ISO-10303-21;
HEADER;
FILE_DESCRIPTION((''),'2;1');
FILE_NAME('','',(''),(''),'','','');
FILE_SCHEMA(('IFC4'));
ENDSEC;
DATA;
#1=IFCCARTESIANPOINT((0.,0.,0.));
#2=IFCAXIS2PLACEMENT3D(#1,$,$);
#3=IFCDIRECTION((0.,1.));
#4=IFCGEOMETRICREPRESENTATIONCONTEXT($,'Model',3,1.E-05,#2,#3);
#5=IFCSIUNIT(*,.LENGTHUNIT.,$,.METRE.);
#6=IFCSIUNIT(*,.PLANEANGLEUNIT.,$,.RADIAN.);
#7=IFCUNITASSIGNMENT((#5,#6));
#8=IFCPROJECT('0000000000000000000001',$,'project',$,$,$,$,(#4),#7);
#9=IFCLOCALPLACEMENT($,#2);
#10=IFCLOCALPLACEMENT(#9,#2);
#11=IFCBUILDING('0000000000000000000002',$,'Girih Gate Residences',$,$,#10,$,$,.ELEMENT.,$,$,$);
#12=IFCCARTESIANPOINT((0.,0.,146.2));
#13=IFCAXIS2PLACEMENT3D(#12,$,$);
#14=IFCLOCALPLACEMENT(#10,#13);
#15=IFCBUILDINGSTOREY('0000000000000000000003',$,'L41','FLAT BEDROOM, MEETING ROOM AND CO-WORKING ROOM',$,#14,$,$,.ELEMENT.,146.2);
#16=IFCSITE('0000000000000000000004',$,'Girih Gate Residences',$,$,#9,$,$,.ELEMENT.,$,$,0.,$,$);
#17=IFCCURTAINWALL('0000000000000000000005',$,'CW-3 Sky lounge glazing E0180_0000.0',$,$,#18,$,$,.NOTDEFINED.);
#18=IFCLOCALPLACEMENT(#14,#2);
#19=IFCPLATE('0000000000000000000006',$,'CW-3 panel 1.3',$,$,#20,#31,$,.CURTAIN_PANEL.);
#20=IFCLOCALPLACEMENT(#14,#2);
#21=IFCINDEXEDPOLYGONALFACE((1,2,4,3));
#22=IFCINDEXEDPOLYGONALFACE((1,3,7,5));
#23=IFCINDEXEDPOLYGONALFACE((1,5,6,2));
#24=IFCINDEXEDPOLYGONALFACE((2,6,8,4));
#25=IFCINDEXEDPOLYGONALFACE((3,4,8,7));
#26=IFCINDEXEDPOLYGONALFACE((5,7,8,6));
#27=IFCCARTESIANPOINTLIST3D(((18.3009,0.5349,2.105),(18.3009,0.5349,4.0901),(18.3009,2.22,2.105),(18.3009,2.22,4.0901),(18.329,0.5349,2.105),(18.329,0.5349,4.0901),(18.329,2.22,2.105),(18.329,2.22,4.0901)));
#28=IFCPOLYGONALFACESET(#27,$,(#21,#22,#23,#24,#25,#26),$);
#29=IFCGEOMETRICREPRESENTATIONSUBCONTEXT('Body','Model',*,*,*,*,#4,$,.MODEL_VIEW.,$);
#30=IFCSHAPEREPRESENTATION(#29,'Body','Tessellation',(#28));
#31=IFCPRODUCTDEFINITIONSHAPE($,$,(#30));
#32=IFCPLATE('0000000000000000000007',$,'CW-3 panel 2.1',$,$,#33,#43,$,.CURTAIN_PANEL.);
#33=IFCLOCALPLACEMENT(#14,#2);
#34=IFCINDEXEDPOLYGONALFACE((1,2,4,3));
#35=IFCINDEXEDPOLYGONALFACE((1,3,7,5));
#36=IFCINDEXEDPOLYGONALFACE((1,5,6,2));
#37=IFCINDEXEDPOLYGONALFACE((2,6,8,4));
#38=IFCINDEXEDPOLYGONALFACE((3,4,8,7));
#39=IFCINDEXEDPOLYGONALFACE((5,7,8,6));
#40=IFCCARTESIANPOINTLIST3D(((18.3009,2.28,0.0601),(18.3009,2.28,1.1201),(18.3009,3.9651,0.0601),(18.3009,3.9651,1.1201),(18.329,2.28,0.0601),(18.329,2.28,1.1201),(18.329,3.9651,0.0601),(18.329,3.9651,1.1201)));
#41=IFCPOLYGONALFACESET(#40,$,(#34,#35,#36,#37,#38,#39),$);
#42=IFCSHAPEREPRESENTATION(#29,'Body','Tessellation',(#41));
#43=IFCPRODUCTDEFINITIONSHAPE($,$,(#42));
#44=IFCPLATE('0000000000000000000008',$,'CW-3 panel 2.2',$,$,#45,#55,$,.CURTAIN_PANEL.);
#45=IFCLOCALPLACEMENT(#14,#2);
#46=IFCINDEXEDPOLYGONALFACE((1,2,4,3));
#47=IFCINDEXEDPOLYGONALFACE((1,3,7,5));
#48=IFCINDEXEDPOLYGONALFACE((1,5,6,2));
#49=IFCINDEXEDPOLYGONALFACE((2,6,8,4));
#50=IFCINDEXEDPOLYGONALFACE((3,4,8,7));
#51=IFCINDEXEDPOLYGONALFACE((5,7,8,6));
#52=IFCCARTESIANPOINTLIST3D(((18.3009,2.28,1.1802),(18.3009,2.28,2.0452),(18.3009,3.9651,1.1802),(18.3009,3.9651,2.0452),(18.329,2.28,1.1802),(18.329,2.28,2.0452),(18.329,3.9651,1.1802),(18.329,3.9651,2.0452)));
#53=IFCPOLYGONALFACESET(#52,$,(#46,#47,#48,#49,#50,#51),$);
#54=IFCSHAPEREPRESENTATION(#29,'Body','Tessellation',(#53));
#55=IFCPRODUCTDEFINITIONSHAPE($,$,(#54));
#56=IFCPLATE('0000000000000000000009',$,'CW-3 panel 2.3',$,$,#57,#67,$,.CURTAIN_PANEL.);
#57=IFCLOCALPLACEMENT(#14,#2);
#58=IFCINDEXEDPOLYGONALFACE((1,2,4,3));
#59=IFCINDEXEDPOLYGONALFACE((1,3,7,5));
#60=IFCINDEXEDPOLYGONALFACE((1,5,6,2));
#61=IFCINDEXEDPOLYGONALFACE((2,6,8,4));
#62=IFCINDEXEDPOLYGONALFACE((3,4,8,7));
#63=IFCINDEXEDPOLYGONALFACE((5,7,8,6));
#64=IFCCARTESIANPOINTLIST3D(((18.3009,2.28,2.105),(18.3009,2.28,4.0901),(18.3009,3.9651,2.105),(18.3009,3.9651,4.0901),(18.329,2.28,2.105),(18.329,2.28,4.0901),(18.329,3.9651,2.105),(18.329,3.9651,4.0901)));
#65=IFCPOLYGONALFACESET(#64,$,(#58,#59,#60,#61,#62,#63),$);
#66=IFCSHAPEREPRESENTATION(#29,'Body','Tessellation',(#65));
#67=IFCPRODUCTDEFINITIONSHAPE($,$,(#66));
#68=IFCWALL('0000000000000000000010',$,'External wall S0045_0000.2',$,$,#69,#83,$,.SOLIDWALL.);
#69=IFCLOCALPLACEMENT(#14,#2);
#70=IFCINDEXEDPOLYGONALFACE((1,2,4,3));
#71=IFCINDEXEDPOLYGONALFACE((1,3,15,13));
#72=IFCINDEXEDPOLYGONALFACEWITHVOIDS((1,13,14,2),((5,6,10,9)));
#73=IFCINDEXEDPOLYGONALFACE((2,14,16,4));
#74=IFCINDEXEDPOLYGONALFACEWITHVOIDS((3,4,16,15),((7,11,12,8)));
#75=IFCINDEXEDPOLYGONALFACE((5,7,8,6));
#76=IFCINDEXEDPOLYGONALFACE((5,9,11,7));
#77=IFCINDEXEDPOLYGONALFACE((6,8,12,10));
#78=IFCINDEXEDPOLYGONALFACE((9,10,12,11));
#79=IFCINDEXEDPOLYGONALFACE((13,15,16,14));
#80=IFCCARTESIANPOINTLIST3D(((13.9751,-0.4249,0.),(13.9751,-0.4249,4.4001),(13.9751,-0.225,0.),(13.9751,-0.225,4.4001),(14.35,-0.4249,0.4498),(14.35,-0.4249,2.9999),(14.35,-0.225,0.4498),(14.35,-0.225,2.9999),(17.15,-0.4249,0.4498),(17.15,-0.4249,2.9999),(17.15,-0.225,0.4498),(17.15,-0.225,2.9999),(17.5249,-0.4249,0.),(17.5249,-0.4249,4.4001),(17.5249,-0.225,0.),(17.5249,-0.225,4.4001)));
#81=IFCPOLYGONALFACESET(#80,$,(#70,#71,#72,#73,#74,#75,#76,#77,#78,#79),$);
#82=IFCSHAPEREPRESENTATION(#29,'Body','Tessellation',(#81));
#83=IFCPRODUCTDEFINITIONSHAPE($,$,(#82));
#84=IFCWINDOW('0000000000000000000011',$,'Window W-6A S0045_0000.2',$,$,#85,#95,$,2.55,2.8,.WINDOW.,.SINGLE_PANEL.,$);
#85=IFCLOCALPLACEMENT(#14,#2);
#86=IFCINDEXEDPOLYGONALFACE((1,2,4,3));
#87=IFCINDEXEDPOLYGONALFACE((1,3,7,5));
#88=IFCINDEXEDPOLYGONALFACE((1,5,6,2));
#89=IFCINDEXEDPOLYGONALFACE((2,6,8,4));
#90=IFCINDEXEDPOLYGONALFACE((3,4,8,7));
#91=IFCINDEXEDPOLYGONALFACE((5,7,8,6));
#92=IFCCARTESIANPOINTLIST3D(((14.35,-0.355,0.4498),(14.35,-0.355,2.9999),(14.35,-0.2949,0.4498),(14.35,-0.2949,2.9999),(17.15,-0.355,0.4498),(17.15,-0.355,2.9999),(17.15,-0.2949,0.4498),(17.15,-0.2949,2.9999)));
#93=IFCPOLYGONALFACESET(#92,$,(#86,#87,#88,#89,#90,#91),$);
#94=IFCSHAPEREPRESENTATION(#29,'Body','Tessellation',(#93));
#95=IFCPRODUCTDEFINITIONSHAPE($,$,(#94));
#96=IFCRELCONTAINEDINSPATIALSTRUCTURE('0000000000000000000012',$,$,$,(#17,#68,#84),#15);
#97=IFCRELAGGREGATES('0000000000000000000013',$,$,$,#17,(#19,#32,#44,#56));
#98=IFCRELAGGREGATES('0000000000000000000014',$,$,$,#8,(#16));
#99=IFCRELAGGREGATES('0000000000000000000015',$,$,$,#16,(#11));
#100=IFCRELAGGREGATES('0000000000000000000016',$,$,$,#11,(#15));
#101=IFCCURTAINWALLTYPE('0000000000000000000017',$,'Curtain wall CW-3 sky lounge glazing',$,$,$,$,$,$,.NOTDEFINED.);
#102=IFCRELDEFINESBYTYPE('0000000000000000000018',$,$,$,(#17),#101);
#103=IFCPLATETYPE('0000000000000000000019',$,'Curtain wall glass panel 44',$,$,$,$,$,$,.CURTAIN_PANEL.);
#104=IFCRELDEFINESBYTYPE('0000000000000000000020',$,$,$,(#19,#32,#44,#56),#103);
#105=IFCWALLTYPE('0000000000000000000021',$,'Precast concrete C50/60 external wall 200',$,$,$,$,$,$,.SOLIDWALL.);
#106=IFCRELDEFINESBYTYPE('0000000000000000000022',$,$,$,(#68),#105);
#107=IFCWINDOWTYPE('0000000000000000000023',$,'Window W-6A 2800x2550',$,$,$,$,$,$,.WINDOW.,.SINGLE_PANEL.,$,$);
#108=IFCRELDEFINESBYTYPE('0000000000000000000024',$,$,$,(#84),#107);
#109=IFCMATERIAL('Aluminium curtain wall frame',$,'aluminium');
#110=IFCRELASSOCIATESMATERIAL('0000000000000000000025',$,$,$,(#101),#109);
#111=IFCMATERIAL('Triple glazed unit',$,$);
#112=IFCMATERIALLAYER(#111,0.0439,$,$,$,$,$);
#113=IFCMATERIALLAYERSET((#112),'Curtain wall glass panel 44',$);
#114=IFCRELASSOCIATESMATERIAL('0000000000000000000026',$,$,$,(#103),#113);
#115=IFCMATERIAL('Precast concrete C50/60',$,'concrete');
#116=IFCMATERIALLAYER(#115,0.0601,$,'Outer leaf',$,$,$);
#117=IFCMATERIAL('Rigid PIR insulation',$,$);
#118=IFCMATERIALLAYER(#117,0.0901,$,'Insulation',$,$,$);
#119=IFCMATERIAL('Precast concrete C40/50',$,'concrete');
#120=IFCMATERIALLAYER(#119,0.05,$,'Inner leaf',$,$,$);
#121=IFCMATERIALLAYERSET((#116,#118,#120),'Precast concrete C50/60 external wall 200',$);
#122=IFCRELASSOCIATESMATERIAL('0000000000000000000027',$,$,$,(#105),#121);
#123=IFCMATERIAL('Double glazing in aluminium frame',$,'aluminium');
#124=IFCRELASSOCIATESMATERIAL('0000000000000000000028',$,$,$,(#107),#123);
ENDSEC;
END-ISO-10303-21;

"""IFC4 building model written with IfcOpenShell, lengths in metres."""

from ifc_helpers import new_model, si_unit, direction, frame, frame_2d, origin, origin_2d, place, context, subcontext, project, spatial, rectangle, extrude, material, layer, layer_set, type_object, element, fill, aggregate, save


model = new_model("IFC4")

# Units and contexts
model_context = context("Model", 3, precision=1e-05, world=origin(), true_north=direction((0.0, 1.0)))
body_context = subcontext(model_context, "Body", "Model", "MODEL_VIEW")
ifc_project = project(units=[si_unit("LENGTHUNIT", "METRE"), si_unit("PLANEANGLEUNIT", "RADIAN")], contexts=[model_context])

# Site, building, storey
site_placement = place(None, origin())
site = spatial("IfcSite", under=ifc_project, at=site_placement, Name="Girih Gate Residences", CompositionType="ELEMENT", RefElevation=0.0)
building_placement = place(site_placement, origin())
building = spatial("IfcBuilding", under=site, at=building_placement, Name="Girih Gate Residences", CompositionType="ELEMENT")
storey_placement = place(building_placement, frame((0.0, 0.0, 146.2)))
storey = spatial("IfcBuildingStorey", under=building, at=storey_placement, Name="L41", Description="FLAT BEDROOM, MEETING ROOM AND CO-WORKING ROOM", CompositionType="ELEMENT", Elevation=146.2)

# Curtain wall
ifc_material_1 = material(Name="Aluminium curtain wall frame", Category="aluminium")
curtain_wall_type = type_object("IfcCurtainWallType", Name="Curtain wall CW-3 sky lounge glazing", PredefinedType="NOTDEFINED", material=ifc_material_1)
curtain_wall_placement = place(storey_placement, origin())
curtain_wall = element("IfcCurtainWall", 1, at=curtain_wall_placement, inside=storey, type_object=curtain_wall_type, Name="CW-3 Sky lounge glazing E0180_0000.0", PredefinedType="NOTDEFINED")

# Plates
ifc_material_2 = material(Name="Triple glazed unit")
ifc_layer_1 = layer(ifc_material_2, 0.0439)
ifc_layer_set_1 = layer_set([ifc_layer_1], Name="Curtain wall glass panel 44")
plate_type = type_object("IfcPlateType", Name="Curtain wall glass panel 44", PredefinedType="CURTAIN_PANEL", material=ifc_layer_set_1)
plate_1_placement = place(storey_placement, frame((18.3149, 1.3774, 2.105), z_axis=(0.0, 0.0, 1.0), x_axis=(0.0, 1.0, 0.0)))
plate_1 = element("IfcPlate", 2, at=plate_1_placement, type_object=plate_type, Name="CW-3 panel 1.3", PredefinedType="CURTAIN_PANEL", context=body_context, shape_type="SweptSolid", body=[
    extrude(rectangle(XDim=1.6851, YDim=0.0281, at=origin_2d()), origin(), (0.0, 0.0, 1.0), 1.9851),
])
plate_2_placement = place(storey_placement, frame((18.3149, 3.1226, 0.0601), z_axis=(0.0, 0.0, 1.0), x_axis=(0.0, 1.0, 0.0)))
plate_2 = element("IfcPlate", 3, at=plate_2_placement, type_object=plate_type, Name="CW-3 panel 2.1", PredefinedType="CURTAIN_PANEL", context=body_context, shape_type="SweptSolid", body=[
    extrude(rectangle(XDim=1.6851, YDim=0.0281, at=origin_2d()), origin(), (0.0, 0.0, 1.0), 1.0601),
])
plate_3_placement = place(storey_placement, frame((18.3149, 3.1226, 1.1802), z_axis=(0.0, 0.0, 1.0), x_axis=(0.0, 1.0, 0.0)))
plate_3 = element("IfcPlate", 4, at=plate_3_placement, type_object=plate_type, Name="CW-3 panel 2.2", PredefinedType="CURTAIN_PANEL", context=body_context, shape_type="SweptSolid", body=[
    extrude(rectangle(XDim=1.6851, YDim=0.0281, at=origin_2d()), origin(), (0.0, 0.0, 1.0), 0.865),
])
plate_4_placement = place(storey_placement, frame((18.3149, 3.1226, 2.105), z_axis=(0.0, 0.0, 1.0), x_axis=(0.0, 1.0, 0.0)))
plate_4 = element("IfcPlate", 5, at=plate_4_placement, type_object=plate_type, Name="CW-3 panel 2.3", PredefinedType="CURTAIN_PANEL", context=body_context, shape_type="SweptSolid", body=[
    extrude(rectangle(XDim=1.6851, YDim=0.0281, at=origin_2d()), origin(), (0.0, 0.0, 1.0), 1.9851),
])
aggregate(curtain_wall, [plate_1, plate_2, plate_3, plate_4])

# Wall, opening, window
ifc_material_3 = material(Name="Precast concrete C50/60", Category="concrete")
ifc_layer_2 = layer(ifc_material_3, 0.0601, Name="Outer leaf")
ifc_material_4 = material(Name="Rigid PIR insulation")
ifc_layer_3 = layer(ifc_material_4, 0.0901, Name="Insulation")
ifc_material_5 = material(Name="Precast concrete C40/50", Category="concrete")
ifc_layer_4 = layer(ifc_material_5, 0.05, Name="Inner leaf")
ifc_layer_set_2 = layer_set([ifc_layer_2, ifc_layer_3, ifc_layer_4], Name="Precast concrete C50/60 external wall 200")
wall_type = type_object("IfcWallType", Name="Precast concrete C50/60 external wall 200", PredefinedType="SOLIDWALL", material=ifc_layer_set_2)
wall_placement = place(storey_placement, frame((17.5249, -0.325, 0.0), z_axis=(0.0, 0.0, 1.0), x_axis=(-1.0, 0.0, 0.0)))
wall = element("IfcWall", 6, at=wall_placement, inside=storey, type_object=wall_type, Name="External wall S0045_0000.2", PredefinedType="SOLIDWALL", context=body_context, shape_type="SweptSolid", body=[
    extrude(rectangle(XDim=3.5498, YDim=0.2, at=frame_2d((1.7749, 0.0))), origin(), (0.0, 0.0, 1.0), 4.4001),
])
opening_placement = place(wall_placement, frame((0.375, 0.0, 0.45)))
opening = element("IfcOpeningElement", 7, at=opening_placement, cuts=wall, PredefinedType="OPENING", context=body_context, shape_type="SweptSolid", body=[
    extrude(rectangle(XDim=2.8, YDim=2.55, at=frame_2d((1.3999, 1.2749))), frame((0.0, 0.1099, 0.0), z_axis=(0.0, -1.0, 0.0), x_axis=(1.0, 0.0, 0.0)), (0.0, 0.0, 1.0), 0.22),
])
ifc_material_6 = material(Name="Double glazing in aluminium frame", Category="aluminium")
window_type = type_object("IfcWindowType", Name="Window W-6A 2800x2550", PartitioningType="SINGLE_PANEL", PredefinedType="WINDOW", material=ifc_material_6)
window_placement = place(opening_placement, origin())
window = element("IfcWindow", 8, at=window_placement, inside=storey, type_object=window_type, Name="Window W-6A S0045_0000.2", OverallHeight=2.55, OverallWidth=2.8, PartitioningType="SINGLE_PANEL", PredefinedType="WINDOW", context=body_context, shape_type="SweptSolid", body=[
    extrude(rectangle(XDim=2.8, YDim=2.55, at=frame_2d((1.3999, 1.2749))), frame((0.0, 0.03, 0.0), z_axis=(0.0, -1.0, 0.0), x_axis=(1.0, 0.0, 0.0)), (0.0, 0.0, 1.0), 0.0601),
])
fill(opening, window)

save(model, "model.ifc")
